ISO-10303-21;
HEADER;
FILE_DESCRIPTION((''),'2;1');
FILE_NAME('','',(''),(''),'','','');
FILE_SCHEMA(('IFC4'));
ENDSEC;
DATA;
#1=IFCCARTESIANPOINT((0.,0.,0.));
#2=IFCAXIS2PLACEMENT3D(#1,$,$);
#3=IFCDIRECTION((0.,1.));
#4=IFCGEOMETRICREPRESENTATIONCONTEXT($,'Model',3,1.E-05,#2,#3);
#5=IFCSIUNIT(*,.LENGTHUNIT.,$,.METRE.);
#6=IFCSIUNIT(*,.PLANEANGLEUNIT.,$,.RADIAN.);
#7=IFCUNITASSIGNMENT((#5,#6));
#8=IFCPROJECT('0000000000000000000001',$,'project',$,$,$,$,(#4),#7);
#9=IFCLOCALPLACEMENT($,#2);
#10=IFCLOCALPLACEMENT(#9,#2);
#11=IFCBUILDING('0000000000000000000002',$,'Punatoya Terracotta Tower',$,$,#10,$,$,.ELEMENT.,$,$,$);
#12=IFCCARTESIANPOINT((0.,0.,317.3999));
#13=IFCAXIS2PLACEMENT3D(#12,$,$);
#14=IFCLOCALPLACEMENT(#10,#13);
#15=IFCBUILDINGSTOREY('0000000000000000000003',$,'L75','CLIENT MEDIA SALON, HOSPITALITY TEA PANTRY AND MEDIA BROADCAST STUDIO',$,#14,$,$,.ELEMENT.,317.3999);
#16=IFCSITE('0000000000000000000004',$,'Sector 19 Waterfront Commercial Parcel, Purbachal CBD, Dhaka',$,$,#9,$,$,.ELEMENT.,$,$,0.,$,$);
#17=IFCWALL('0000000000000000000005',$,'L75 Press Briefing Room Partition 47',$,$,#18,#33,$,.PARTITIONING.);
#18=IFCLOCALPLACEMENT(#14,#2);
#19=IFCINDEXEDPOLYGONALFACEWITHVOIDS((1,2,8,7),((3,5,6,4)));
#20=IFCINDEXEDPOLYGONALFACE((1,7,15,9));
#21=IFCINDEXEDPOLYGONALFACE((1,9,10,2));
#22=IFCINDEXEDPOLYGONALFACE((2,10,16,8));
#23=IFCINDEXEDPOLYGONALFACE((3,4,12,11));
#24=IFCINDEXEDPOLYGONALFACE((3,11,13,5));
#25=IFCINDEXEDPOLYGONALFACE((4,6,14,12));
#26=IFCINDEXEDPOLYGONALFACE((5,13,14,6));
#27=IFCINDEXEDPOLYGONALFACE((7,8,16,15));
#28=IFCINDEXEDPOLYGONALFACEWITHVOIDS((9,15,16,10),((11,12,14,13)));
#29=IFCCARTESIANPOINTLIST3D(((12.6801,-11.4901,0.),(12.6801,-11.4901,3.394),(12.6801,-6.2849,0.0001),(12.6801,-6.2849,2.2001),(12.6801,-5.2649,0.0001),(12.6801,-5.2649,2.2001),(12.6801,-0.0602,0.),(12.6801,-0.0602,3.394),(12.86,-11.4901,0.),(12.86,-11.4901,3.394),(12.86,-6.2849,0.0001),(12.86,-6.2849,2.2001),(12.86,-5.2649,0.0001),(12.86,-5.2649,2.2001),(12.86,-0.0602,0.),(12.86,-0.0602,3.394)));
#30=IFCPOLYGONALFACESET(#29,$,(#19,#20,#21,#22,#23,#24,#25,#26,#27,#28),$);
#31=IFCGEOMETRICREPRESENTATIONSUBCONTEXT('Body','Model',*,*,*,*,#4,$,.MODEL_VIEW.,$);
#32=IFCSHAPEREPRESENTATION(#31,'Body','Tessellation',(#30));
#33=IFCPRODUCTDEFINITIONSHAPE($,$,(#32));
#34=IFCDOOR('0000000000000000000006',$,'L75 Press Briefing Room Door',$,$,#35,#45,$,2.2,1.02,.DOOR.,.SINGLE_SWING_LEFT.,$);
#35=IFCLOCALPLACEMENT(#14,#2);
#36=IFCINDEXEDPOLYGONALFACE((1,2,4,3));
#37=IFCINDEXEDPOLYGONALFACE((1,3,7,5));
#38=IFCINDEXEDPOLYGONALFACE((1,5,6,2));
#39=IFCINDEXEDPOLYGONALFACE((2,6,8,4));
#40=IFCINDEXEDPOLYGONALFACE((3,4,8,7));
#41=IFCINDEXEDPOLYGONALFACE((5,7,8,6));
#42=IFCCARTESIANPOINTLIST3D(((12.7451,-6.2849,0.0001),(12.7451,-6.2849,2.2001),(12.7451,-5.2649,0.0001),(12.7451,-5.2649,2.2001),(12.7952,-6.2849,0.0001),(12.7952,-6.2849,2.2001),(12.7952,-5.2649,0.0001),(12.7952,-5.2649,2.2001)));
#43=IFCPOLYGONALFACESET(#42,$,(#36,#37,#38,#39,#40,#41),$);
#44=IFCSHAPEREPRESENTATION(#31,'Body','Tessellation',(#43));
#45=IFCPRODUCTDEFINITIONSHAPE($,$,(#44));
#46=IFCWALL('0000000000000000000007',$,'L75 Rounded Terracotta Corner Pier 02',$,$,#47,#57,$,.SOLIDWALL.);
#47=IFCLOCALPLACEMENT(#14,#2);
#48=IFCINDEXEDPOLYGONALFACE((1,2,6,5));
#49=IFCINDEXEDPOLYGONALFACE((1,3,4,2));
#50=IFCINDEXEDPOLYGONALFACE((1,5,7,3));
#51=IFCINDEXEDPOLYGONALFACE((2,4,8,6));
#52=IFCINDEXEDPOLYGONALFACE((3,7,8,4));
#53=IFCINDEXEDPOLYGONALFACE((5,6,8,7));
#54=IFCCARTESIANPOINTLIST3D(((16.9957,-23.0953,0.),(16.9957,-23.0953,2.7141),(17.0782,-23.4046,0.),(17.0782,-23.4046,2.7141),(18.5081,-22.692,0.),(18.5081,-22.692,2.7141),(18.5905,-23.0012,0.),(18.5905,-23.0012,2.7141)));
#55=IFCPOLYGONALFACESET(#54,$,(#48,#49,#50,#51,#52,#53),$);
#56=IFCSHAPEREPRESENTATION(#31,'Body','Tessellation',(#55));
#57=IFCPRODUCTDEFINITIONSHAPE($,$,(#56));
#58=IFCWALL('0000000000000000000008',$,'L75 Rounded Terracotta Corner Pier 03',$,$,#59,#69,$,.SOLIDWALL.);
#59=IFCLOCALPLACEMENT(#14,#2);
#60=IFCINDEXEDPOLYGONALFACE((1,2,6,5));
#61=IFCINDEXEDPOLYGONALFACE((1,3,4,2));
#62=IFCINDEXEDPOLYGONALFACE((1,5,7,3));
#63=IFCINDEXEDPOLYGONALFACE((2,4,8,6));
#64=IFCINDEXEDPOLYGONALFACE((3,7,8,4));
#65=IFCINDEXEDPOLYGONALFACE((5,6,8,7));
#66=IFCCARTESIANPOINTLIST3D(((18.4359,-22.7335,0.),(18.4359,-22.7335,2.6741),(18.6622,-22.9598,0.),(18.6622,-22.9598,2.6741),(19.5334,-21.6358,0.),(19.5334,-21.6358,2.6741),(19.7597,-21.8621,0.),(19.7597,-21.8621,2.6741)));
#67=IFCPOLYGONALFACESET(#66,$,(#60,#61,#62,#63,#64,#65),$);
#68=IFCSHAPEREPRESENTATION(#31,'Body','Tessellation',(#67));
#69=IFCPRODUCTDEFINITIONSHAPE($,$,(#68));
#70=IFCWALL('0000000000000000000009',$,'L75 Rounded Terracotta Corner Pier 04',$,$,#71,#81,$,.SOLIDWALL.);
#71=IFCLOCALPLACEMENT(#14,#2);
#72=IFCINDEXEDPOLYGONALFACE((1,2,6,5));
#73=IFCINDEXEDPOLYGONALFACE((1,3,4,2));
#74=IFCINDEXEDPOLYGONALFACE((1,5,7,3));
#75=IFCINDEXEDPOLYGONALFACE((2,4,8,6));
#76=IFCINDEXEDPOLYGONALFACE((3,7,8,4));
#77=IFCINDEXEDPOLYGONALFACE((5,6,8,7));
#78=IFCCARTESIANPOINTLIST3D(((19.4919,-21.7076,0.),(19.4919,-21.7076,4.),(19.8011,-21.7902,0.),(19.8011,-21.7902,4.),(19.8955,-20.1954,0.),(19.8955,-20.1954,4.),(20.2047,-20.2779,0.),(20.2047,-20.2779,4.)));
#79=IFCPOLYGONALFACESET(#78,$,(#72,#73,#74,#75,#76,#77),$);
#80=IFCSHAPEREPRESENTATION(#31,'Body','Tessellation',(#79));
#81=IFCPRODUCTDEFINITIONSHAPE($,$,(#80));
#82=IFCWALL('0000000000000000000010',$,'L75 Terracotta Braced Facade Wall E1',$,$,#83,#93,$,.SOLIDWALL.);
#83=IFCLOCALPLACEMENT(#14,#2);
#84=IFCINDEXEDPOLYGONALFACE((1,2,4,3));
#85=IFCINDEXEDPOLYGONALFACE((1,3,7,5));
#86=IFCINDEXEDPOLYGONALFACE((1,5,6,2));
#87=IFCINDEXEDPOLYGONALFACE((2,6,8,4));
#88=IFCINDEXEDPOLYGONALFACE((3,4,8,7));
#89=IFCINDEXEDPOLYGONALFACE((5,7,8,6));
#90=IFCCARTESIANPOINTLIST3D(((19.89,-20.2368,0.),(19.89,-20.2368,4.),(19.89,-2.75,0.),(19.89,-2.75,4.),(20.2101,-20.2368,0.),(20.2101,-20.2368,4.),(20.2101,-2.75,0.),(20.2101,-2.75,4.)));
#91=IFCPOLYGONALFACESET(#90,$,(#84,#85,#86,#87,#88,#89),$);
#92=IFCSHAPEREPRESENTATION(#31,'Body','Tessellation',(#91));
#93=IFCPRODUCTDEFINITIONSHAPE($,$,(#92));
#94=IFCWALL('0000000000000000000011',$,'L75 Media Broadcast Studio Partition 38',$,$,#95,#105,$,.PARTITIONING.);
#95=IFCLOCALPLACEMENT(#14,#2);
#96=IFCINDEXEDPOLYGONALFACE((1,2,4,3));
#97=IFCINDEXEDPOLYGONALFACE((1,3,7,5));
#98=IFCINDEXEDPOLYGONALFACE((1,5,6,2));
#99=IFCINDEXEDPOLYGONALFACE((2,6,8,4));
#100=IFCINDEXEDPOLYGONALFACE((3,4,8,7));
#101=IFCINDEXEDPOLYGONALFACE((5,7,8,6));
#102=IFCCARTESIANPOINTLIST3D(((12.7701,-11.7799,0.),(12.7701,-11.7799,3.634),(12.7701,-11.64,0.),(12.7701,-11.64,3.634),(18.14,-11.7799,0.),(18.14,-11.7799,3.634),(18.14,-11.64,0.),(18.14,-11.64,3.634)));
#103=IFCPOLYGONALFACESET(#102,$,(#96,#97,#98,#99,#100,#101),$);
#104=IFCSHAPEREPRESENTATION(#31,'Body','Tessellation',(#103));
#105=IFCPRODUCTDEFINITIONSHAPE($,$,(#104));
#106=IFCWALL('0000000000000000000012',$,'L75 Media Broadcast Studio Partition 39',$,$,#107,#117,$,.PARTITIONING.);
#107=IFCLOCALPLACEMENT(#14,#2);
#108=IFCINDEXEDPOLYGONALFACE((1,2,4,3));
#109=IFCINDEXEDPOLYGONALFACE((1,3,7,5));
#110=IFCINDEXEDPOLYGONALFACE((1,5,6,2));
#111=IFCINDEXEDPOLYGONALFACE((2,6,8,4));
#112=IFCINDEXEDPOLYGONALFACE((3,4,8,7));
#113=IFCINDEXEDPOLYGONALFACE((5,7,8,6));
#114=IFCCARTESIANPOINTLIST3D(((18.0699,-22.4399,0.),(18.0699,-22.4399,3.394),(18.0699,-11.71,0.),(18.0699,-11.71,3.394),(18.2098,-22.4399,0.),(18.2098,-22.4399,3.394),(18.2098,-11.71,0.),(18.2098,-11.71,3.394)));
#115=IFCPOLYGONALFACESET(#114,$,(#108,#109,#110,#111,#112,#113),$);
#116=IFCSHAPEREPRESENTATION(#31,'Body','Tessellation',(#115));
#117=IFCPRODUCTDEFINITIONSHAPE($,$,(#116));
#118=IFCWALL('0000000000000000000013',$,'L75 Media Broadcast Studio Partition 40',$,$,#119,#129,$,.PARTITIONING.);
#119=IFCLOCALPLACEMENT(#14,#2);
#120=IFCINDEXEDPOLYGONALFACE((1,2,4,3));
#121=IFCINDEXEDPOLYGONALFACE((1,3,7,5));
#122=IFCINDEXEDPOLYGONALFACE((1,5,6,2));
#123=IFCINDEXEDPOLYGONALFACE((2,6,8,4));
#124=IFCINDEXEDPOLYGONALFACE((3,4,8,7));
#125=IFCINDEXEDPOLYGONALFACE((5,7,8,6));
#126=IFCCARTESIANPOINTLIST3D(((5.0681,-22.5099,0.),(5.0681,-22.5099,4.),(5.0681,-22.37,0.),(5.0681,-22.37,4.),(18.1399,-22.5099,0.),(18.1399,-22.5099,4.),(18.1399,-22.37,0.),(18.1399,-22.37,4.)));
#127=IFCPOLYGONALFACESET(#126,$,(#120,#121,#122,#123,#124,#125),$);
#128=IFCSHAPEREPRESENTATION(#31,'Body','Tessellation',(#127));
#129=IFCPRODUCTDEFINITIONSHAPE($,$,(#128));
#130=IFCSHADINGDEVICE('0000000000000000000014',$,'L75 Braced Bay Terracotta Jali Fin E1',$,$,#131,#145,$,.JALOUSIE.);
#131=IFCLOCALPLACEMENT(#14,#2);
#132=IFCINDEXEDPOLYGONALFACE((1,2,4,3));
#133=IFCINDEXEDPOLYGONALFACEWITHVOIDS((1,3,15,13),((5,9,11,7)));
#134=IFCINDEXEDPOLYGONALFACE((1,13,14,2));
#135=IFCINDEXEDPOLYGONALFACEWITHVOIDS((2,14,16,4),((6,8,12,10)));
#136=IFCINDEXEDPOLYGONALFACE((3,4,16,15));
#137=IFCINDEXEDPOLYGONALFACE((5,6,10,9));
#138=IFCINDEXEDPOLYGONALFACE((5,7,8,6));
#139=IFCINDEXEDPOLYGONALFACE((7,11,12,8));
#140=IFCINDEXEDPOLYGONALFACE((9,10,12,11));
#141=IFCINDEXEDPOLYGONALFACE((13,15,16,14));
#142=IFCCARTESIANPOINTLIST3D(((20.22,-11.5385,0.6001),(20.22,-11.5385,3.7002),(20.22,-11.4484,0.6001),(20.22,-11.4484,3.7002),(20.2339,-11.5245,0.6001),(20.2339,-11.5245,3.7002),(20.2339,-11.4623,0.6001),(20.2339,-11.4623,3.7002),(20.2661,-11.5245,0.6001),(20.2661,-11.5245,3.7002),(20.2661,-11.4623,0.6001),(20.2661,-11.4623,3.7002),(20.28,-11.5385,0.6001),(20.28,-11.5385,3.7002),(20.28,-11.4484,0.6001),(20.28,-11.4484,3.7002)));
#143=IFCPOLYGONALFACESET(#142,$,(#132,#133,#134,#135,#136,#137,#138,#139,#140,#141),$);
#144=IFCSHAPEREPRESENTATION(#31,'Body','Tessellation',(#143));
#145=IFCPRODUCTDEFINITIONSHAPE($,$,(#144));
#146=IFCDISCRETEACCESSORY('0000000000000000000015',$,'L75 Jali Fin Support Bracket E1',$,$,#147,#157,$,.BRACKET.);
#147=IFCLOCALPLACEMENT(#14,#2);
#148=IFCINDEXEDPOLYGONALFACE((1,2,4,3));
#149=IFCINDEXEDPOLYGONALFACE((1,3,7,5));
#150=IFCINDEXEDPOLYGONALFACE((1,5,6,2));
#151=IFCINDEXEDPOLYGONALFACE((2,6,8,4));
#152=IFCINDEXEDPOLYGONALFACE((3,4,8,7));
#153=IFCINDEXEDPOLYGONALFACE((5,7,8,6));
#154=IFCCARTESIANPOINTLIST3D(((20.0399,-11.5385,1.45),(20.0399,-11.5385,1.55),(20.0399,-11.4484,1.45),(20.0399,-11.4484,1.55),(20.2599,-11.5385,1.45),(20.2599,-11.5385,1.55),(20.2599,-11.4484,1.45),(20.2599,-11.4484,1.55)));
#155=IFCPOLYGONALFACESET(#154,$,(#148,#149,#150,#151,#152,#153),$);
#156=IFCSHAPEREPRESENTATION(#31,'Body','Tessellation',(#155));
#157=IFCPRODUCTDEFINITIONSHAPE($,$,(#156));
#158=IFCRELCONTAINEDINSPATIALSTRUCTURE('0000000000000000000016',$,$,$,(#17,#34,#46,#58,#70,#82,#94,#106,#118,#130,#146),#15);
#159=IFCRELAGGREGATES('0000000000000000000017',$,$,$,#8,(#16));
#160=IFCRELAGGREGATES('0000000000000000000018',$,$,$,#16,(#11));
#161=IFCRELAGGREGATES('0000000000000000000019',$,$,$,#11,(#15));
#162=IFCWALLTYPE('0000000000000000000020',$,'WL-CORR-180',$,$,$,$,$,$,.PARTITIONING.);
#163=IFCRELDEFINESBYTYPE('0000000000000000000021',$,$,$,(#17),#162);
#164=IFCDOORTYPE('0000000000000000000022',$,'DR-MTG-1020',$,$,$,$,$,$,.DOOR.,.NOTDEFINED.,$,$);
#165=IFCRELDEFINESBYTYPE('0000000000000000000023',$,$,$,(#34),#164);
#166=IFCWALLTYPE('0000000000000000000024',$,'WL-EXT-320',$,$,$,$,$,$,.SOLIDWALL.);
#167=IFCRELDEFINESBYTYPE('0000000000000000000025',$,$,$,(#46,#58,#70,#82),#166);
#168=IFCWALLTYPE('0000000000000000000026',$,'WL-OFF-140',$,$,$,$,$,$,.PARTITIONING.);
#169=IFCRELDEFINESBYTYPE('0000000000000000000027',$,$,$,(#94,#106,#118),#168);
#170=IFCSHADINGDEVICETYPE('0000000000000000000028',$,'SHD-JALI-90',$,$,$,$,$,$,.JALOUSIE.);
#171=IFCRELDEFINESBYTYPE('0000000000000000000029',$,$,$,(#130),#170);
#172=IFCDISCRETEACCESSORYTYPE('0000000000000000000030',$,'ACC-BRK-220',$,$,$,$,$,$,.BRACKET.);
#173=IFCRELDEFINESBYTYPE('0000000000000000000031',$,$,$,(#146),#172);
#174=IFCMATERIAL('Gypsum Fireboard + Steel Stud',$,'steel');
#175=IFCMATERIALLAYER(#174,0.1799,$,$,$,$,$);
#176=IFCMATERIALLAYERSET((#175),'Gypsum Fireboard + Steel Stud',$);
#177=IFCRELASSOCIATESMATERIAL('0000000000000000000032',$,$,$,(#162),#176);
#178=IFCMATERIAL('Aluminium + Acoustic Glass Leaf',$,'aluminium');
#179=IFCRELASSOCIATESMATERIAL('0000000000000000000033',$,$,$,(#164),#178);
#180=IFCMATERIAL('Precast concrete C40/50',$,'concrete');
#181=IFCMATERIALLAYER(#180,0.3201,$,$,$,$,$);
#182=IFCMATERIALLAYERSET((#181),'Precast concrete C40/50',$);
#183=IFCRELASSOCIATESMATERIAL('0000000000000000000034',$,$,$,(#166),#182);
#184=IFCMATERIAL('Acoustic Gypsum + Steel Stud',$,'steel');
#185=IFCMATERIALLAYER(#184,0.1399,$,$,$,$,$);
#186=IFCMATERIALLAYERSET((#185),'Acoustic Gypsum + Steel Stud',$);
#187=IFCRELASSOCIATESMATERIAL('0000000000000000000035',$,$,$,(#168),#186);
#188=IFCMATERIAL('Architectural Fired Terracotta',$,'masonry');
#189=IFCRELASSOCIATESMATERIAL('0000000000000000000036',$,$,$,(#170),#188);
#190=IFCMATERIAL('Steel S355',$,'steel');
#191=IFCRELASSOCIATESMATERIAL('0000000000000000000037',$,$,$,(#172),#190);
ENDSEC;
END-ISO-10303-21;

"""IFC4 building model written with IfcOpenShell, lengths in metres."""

from ifc_helpers import new_model, si_unit, direction, frame, frame_2d, origin, origin_2d, place, context, subcontext, project, spatial, rectangle, hollow_rectangle, extrude, material, layer, layer_set, material_profile, profile_set, type_object, element, fill, save


model = new_model("IFC4")

# Units and contexts
model_context = context("Model", 3, precision=1e-05, world=origin(), true_north=direction((0.0, 1.0)))
body_context = subcontext(model_context, "Body", "Model", "MODEL_VIEW")
ifc_project = project(units=[si_unit("LENGTHUNIT", "METRE"), si_unit("PLANEANGLEUNIT", "RADIAN")], contexts=[model_context])

# Site, building, storey
site_placement = place(None, origin())
site = spatial("IfcSite", under=ifc_project, at=site_placement, Name="Sector 19 Waterfront Commercial Parcel, Purbachal CBD, Dhaka", CompositionType="ELEMENT", RefElevation=0.0)
building_placement = place(site_placement, origin())
building = spatial("IfcBuilding", under=site, at=building_placement, Name="Punatoya Terracotta Tower", CompositionType="ELEMENT")
storey_placement = place(building_placement, frame((0.0, 0.0, 317.3999)))
storey = spatial("IfcBuildingStorey", under=building, at=storey_placement, Name="L75", Description="CLIENT MEDIA SALON, HOSPITALITY TEA PANTRY AND MEDIA BROADCAST STUDIO", CompositionType="ELEMENT", Elevation=317.3999)

# Shared definitions
ifc_material_1 = material(Name="Steel S355", Category="steel")

# Wall, opening, door
ifc_material_2 = material(Name="Gypsum Fireboard + Steel Stud", Category="steel")
ifc_layer_1 = layer(ifc_material_2, 0.1799)
ifc_layer_set_1 = layer_set([ifc_layer_1], Name="Gypsum Fireboard + Steel Stud")
wall_type_1 = type_object("IfcWallType", Name="WL-CORR-180", PredefinedType="PARTITIONING", material=ifc_layer_set_1)
wall_1_placement = place(storey_placement, frame((12.77, -11.49, 0.0), z_axis=(0.0, 0.0, 1.0), x_axis=(0.0, 1.0, 0.0)))
wall_1 = element("IfcWall", 1, at=wall_1_placement, inside=storey, type_object=wall_type_1, Name="L75 Press Briefing Room Partition 47", PredefinedType="PARTITIONING", context=body_context, shape_type="SweptSolid", body=[
    extrude(rectangle(XDim=11.4299, YDim=0.1799, at=frame_2d((5.7148, 0.0))), origin(), (0.0, 0.0, 1.0), 3.394),
])
opening_placement = place(wall_1_placement, frame((5.2051, 0.0, 0.0)))
opening = element("IfcOpeningElement", 2, at=opening_placement, cuts=wall_1, PredefinedType="OPENING", context=body_context, shape_type="SweptSolid", body=[
    extrude(rectangle(XDim=1.02, YDim=2.2, at=frame_2d((0.51, 1.1001))), frame((0.0, 0.0999, 0.0), z_axis=(0.0, -1.0, 0.0), x_axis=(1.0, 0.0, 0.0)), (0.0, 0.0, 1.0), 0.2),
])
ifc_material_3 = material(Name="Aluminium + Acoustic Glass Leaf", Category="aluminium")
door_type = type_object("IfcDoorType", Name="DR-MTG-1020", OperationType="NOTDEFINED", PredefinedType="DOOR", material=ifc_material_3)
door_placement = place(opening_placement, origin())
door = element("IfcDoor", 3, at=door_placement, inside=storey, type_object=door_type, Name="L75 Press Briefing Room Door", OperationType="SINGLE_SWING_LEFT", OverallHeight=2.2, OverallWidth=1.02, PredefinedType="DOOR", context=body_context, shape_type="SweptSolid", body=[
    extrude(rectangle(XDim=1.02, YDim=2.2, at=frame_2d((0.51, 1.1001))), frame((0.0, 0.0249, 0.0), z_axis=(0.0, -1.0, 0.0), x_axis=(1.0, 0.0, 0.0)), (0.0, 0.0, 1.0), 0.05),
])
fill(opening, door)

# Walls
ifc_material_4 = material(Name="Precast concrete C40/50", Category="concrete")
ifc_layer_2 = layer(ifc_material_4, 0.3201)
ifc_layer_set_2 = layer_set([ifc_layer_2], Name="Precast concrete C40/50")
wall_type_2 = type_object("IfcWallType", Name="WL-EXT-320", PredefinedType="SOLIDWALL", material=ifc_layer_set_2)
wall_2_placement = place(storey_placement, frame((17.0369, -23.25, 0.0), z_axis=(0.0, 0.0, 1.0), x_axis=(0.966225, 0.257701, 0.0)))
element("IfcWall", 4, at=wall_2_placement, inside=storey, type_object=wall_type_2, Name="L75 Rounded Terracotta Corner Pier 02", PredefinedType="SOLIDWALL", context=body_context, shape_type="SweptSolid", body=[
    extrude(rectangle(XDim=1.5652, YDim=0.3201, at=frame_2d((0.7827, 0.0))), origin(), (0.0, 0.0, 1.0), 2.7141),
])
wall_3_placement = place(storey_placement, frame((18.5491, -22.8467, 0.0), z_axis=(0.0, 0.0, 1.0), x_axis=(0.707028, 0.707185, 0.0)))
element("IfcWall", 5, at=wall_3_placement, inside=storey, type_object=wall_type_2, Name="L75 Rounded Terracotta Corner Pier 03", PredefinedType="SOLIDWALL", context=body_context, shape_type="SweptSolid", body=[
    extrude(rectangle(XDim=1.5522, YDim=0.3201, at=frame_2d((0.7761, 0.0))), origin(), (0.0, 0.0, 1.0), 2.6741),
])
wall_4_placement = place(storey_placement, frame((19.6465, -21.749, 0.0), z_axis=(0.0, 0.0, 1.0), x_axis=(0.257847, 0.966186, 0.0)))
element("IfcWall", 6, at=wall_4_placement, inside=storey, type_object=wall_type_2, Name="L75 Rounded Terracotta Corner Pier 04", PredefinedType="SOLIDWALL", context=body_context, shape_type="SweptSolid", body=[
    extrude(rectangle(XDim=1.5652, YDim=0.3201, at=frame_2d((0.7827, 0.0))), origin(), (0.0, 0.0, 1.0), 4.0),
])
wall_5_placement = place(storey_placement, frame((20.05, -20.2368, 0.0), z_axis=(0.0, 0.0, 1.0), x_axis=(0.0, 1.0, 0.0)))
element("IfcWall", 7, at=wall_5_placement, inside=storey, type_object=wall_type_2, Name="L75 Terracotta Braced Facade Wall E1", PredefinedType="SOLIDWALL", context=body_context, shape_type="SweptSolid", body=[
    extrude(rectangle(XDim=17.4868, YDim=0.3201, at=frame_2d((8.7434, 0.0))), origin(), (0.0, 0.0, 1.0), 4.0),
])
ifc_material_5 = material(Name="Acoustic Gypsum + Steel Stud", Category="steel")
ifc_layer_3 = layer(ifc_material_5, 0.1399)
ifc_layer_set_3 = layer_set([ifc_layer_3], Name="Acoustic Gypsum + Steel Stud")
wall_type_3 = type_object("IfcWallType", Name="WL-OFF-140", PredefinedType="PARTITIONING", material=ifc_layer_set_3)
wall_6_placement = place(storey_placement, frame((12.77, -11.71, 0.0), z_axis=(0.0, 0.0, 1.0), x_axis=(1.0, 0.0, 0.0)))
element("IfcWall", 8, at=wall_6_placement, inside=storey, type_object=wall_type_3, Name="L75 Media Broadcast Studio Partition 38", PredefinedType="PARTITIONING", context=body_context, shape_type="SweptSolid", body=[
    extrude(rectangle(XDim=5.3699, YDim=0.1399, at=frame_2d((2.6851, 0.0))), origin(), (0.0, 0.0, 1.0), 3.634),
])
wall_7_placement = place(storey_placement, frame((18.1399, -11.71, 0.0), z_axis=(0.0, 0.0, 1.0), x_axis=(0.0, -1.0, 0.0)))
element("IfcWall", 9, at=wall_7_placement, inside=storey, type_object=wall_type_3, Name="L75 Media Broadcast Studio Partition 39", PredefinedType="PARTITIONING", context=body_context, shape_type="SweptSolid", body=[
    extrude(rectangle(XDim=10.73, YDim=0.1399, at=frame_2d((5.365, 0.0))), origin(), (0.0, 0.0, 1.0), 3.394),
])
wall_8_placement = place(storey_placement, frame((18.1399, -22.4399, 0.0), z_axis=(0.0, 0.0, 1.0), x_axis=(-1.0, 0.0, 0.0)))
element("IfcWall", 10, at=wall_8_placement, inside=storey, type_object=wall_type_3, Name="L75 Media Broadcast Studio Partition 40", PredefinedType="PARTITIONING", context=body_context, shape_type="SweptSolid", body=[
    extrude(rectangle(XDim=13.0718, YDim=0.1399, at=frame_2d((6.5359, 0.0))), origin(), (0.0, 0.0, 1.0), 4.0),
])

# Shading device
ifc_material_6 = material(Name="Architectural Fired Terracotta", Category="masonry")
ifc_material_profile_1 = material_profile(ifc_material_6, hollow_rectangle(XDim=0.0601, YDim=0.0901, WallThickness=0.0139, at=origin_2d()))
ifc_profile_set_1 = profile_set([ifc_material_profile_1], Name="Architectural Fired Terracotta")
shading_device_type = type_object("IfcShadingDeviceType", Name="SHD-JALI-90", PredefinedType="JALOUSIE", material=ifc_profile_set_1)
shading_device_placement = place(storey_placement, frame((20.25, -11.4934, 0.6001), z_axis=(0.0, 0.0, 1.0), x_axis=(1.0, 0.0, 0.0)))
element("IfcShadingDevice", 11, at=shading_device_placement, inside=storey, type_object=shading_device_type, Name="L75 Braced Bay Terracotta Jali Fin E1", PredefinedType="JALOUSIE", context=body_context, shape_type="SweptSolid", body=[
    extrude(hollow_rectangle(XDim=0.0601, YDim=0.0901, WallThickness=0.0139, at=origin_2d()), origin(), (0.0, 0.0, 1.0), 3.1001),
])

# Discrete accessory
discrete_accessory_type = type_object("IfcDiscreteAccessoryType", Name="ACC-BRK-220", PredefinedType="BRACKET", material=ifc_material_1)
discrete_accessory_placement = place(storey_placement, frame((20.1499, -11.4934, 1.45), z_axis=(0.0, 0.0, 1.0), x_axis=(0.0, 1.0, 0.0)))
element("IfcDiscreteAccessory", 12, at=discrete_accessory_placement, inside=storey, type_object=discrete_accessory_type, Name="L75 Jali Fin Support Bracket E1", PredefinedType="BRACKET", context=body_context, shape_type="SweptSolid", body=[
    extrude(rectangle(XDim=0.0901, YDim=0.22, at=origin_2d()), origin(), (0.0, 0.0, 1.0), 0.1001),
])

save(model, "model.ifc")
